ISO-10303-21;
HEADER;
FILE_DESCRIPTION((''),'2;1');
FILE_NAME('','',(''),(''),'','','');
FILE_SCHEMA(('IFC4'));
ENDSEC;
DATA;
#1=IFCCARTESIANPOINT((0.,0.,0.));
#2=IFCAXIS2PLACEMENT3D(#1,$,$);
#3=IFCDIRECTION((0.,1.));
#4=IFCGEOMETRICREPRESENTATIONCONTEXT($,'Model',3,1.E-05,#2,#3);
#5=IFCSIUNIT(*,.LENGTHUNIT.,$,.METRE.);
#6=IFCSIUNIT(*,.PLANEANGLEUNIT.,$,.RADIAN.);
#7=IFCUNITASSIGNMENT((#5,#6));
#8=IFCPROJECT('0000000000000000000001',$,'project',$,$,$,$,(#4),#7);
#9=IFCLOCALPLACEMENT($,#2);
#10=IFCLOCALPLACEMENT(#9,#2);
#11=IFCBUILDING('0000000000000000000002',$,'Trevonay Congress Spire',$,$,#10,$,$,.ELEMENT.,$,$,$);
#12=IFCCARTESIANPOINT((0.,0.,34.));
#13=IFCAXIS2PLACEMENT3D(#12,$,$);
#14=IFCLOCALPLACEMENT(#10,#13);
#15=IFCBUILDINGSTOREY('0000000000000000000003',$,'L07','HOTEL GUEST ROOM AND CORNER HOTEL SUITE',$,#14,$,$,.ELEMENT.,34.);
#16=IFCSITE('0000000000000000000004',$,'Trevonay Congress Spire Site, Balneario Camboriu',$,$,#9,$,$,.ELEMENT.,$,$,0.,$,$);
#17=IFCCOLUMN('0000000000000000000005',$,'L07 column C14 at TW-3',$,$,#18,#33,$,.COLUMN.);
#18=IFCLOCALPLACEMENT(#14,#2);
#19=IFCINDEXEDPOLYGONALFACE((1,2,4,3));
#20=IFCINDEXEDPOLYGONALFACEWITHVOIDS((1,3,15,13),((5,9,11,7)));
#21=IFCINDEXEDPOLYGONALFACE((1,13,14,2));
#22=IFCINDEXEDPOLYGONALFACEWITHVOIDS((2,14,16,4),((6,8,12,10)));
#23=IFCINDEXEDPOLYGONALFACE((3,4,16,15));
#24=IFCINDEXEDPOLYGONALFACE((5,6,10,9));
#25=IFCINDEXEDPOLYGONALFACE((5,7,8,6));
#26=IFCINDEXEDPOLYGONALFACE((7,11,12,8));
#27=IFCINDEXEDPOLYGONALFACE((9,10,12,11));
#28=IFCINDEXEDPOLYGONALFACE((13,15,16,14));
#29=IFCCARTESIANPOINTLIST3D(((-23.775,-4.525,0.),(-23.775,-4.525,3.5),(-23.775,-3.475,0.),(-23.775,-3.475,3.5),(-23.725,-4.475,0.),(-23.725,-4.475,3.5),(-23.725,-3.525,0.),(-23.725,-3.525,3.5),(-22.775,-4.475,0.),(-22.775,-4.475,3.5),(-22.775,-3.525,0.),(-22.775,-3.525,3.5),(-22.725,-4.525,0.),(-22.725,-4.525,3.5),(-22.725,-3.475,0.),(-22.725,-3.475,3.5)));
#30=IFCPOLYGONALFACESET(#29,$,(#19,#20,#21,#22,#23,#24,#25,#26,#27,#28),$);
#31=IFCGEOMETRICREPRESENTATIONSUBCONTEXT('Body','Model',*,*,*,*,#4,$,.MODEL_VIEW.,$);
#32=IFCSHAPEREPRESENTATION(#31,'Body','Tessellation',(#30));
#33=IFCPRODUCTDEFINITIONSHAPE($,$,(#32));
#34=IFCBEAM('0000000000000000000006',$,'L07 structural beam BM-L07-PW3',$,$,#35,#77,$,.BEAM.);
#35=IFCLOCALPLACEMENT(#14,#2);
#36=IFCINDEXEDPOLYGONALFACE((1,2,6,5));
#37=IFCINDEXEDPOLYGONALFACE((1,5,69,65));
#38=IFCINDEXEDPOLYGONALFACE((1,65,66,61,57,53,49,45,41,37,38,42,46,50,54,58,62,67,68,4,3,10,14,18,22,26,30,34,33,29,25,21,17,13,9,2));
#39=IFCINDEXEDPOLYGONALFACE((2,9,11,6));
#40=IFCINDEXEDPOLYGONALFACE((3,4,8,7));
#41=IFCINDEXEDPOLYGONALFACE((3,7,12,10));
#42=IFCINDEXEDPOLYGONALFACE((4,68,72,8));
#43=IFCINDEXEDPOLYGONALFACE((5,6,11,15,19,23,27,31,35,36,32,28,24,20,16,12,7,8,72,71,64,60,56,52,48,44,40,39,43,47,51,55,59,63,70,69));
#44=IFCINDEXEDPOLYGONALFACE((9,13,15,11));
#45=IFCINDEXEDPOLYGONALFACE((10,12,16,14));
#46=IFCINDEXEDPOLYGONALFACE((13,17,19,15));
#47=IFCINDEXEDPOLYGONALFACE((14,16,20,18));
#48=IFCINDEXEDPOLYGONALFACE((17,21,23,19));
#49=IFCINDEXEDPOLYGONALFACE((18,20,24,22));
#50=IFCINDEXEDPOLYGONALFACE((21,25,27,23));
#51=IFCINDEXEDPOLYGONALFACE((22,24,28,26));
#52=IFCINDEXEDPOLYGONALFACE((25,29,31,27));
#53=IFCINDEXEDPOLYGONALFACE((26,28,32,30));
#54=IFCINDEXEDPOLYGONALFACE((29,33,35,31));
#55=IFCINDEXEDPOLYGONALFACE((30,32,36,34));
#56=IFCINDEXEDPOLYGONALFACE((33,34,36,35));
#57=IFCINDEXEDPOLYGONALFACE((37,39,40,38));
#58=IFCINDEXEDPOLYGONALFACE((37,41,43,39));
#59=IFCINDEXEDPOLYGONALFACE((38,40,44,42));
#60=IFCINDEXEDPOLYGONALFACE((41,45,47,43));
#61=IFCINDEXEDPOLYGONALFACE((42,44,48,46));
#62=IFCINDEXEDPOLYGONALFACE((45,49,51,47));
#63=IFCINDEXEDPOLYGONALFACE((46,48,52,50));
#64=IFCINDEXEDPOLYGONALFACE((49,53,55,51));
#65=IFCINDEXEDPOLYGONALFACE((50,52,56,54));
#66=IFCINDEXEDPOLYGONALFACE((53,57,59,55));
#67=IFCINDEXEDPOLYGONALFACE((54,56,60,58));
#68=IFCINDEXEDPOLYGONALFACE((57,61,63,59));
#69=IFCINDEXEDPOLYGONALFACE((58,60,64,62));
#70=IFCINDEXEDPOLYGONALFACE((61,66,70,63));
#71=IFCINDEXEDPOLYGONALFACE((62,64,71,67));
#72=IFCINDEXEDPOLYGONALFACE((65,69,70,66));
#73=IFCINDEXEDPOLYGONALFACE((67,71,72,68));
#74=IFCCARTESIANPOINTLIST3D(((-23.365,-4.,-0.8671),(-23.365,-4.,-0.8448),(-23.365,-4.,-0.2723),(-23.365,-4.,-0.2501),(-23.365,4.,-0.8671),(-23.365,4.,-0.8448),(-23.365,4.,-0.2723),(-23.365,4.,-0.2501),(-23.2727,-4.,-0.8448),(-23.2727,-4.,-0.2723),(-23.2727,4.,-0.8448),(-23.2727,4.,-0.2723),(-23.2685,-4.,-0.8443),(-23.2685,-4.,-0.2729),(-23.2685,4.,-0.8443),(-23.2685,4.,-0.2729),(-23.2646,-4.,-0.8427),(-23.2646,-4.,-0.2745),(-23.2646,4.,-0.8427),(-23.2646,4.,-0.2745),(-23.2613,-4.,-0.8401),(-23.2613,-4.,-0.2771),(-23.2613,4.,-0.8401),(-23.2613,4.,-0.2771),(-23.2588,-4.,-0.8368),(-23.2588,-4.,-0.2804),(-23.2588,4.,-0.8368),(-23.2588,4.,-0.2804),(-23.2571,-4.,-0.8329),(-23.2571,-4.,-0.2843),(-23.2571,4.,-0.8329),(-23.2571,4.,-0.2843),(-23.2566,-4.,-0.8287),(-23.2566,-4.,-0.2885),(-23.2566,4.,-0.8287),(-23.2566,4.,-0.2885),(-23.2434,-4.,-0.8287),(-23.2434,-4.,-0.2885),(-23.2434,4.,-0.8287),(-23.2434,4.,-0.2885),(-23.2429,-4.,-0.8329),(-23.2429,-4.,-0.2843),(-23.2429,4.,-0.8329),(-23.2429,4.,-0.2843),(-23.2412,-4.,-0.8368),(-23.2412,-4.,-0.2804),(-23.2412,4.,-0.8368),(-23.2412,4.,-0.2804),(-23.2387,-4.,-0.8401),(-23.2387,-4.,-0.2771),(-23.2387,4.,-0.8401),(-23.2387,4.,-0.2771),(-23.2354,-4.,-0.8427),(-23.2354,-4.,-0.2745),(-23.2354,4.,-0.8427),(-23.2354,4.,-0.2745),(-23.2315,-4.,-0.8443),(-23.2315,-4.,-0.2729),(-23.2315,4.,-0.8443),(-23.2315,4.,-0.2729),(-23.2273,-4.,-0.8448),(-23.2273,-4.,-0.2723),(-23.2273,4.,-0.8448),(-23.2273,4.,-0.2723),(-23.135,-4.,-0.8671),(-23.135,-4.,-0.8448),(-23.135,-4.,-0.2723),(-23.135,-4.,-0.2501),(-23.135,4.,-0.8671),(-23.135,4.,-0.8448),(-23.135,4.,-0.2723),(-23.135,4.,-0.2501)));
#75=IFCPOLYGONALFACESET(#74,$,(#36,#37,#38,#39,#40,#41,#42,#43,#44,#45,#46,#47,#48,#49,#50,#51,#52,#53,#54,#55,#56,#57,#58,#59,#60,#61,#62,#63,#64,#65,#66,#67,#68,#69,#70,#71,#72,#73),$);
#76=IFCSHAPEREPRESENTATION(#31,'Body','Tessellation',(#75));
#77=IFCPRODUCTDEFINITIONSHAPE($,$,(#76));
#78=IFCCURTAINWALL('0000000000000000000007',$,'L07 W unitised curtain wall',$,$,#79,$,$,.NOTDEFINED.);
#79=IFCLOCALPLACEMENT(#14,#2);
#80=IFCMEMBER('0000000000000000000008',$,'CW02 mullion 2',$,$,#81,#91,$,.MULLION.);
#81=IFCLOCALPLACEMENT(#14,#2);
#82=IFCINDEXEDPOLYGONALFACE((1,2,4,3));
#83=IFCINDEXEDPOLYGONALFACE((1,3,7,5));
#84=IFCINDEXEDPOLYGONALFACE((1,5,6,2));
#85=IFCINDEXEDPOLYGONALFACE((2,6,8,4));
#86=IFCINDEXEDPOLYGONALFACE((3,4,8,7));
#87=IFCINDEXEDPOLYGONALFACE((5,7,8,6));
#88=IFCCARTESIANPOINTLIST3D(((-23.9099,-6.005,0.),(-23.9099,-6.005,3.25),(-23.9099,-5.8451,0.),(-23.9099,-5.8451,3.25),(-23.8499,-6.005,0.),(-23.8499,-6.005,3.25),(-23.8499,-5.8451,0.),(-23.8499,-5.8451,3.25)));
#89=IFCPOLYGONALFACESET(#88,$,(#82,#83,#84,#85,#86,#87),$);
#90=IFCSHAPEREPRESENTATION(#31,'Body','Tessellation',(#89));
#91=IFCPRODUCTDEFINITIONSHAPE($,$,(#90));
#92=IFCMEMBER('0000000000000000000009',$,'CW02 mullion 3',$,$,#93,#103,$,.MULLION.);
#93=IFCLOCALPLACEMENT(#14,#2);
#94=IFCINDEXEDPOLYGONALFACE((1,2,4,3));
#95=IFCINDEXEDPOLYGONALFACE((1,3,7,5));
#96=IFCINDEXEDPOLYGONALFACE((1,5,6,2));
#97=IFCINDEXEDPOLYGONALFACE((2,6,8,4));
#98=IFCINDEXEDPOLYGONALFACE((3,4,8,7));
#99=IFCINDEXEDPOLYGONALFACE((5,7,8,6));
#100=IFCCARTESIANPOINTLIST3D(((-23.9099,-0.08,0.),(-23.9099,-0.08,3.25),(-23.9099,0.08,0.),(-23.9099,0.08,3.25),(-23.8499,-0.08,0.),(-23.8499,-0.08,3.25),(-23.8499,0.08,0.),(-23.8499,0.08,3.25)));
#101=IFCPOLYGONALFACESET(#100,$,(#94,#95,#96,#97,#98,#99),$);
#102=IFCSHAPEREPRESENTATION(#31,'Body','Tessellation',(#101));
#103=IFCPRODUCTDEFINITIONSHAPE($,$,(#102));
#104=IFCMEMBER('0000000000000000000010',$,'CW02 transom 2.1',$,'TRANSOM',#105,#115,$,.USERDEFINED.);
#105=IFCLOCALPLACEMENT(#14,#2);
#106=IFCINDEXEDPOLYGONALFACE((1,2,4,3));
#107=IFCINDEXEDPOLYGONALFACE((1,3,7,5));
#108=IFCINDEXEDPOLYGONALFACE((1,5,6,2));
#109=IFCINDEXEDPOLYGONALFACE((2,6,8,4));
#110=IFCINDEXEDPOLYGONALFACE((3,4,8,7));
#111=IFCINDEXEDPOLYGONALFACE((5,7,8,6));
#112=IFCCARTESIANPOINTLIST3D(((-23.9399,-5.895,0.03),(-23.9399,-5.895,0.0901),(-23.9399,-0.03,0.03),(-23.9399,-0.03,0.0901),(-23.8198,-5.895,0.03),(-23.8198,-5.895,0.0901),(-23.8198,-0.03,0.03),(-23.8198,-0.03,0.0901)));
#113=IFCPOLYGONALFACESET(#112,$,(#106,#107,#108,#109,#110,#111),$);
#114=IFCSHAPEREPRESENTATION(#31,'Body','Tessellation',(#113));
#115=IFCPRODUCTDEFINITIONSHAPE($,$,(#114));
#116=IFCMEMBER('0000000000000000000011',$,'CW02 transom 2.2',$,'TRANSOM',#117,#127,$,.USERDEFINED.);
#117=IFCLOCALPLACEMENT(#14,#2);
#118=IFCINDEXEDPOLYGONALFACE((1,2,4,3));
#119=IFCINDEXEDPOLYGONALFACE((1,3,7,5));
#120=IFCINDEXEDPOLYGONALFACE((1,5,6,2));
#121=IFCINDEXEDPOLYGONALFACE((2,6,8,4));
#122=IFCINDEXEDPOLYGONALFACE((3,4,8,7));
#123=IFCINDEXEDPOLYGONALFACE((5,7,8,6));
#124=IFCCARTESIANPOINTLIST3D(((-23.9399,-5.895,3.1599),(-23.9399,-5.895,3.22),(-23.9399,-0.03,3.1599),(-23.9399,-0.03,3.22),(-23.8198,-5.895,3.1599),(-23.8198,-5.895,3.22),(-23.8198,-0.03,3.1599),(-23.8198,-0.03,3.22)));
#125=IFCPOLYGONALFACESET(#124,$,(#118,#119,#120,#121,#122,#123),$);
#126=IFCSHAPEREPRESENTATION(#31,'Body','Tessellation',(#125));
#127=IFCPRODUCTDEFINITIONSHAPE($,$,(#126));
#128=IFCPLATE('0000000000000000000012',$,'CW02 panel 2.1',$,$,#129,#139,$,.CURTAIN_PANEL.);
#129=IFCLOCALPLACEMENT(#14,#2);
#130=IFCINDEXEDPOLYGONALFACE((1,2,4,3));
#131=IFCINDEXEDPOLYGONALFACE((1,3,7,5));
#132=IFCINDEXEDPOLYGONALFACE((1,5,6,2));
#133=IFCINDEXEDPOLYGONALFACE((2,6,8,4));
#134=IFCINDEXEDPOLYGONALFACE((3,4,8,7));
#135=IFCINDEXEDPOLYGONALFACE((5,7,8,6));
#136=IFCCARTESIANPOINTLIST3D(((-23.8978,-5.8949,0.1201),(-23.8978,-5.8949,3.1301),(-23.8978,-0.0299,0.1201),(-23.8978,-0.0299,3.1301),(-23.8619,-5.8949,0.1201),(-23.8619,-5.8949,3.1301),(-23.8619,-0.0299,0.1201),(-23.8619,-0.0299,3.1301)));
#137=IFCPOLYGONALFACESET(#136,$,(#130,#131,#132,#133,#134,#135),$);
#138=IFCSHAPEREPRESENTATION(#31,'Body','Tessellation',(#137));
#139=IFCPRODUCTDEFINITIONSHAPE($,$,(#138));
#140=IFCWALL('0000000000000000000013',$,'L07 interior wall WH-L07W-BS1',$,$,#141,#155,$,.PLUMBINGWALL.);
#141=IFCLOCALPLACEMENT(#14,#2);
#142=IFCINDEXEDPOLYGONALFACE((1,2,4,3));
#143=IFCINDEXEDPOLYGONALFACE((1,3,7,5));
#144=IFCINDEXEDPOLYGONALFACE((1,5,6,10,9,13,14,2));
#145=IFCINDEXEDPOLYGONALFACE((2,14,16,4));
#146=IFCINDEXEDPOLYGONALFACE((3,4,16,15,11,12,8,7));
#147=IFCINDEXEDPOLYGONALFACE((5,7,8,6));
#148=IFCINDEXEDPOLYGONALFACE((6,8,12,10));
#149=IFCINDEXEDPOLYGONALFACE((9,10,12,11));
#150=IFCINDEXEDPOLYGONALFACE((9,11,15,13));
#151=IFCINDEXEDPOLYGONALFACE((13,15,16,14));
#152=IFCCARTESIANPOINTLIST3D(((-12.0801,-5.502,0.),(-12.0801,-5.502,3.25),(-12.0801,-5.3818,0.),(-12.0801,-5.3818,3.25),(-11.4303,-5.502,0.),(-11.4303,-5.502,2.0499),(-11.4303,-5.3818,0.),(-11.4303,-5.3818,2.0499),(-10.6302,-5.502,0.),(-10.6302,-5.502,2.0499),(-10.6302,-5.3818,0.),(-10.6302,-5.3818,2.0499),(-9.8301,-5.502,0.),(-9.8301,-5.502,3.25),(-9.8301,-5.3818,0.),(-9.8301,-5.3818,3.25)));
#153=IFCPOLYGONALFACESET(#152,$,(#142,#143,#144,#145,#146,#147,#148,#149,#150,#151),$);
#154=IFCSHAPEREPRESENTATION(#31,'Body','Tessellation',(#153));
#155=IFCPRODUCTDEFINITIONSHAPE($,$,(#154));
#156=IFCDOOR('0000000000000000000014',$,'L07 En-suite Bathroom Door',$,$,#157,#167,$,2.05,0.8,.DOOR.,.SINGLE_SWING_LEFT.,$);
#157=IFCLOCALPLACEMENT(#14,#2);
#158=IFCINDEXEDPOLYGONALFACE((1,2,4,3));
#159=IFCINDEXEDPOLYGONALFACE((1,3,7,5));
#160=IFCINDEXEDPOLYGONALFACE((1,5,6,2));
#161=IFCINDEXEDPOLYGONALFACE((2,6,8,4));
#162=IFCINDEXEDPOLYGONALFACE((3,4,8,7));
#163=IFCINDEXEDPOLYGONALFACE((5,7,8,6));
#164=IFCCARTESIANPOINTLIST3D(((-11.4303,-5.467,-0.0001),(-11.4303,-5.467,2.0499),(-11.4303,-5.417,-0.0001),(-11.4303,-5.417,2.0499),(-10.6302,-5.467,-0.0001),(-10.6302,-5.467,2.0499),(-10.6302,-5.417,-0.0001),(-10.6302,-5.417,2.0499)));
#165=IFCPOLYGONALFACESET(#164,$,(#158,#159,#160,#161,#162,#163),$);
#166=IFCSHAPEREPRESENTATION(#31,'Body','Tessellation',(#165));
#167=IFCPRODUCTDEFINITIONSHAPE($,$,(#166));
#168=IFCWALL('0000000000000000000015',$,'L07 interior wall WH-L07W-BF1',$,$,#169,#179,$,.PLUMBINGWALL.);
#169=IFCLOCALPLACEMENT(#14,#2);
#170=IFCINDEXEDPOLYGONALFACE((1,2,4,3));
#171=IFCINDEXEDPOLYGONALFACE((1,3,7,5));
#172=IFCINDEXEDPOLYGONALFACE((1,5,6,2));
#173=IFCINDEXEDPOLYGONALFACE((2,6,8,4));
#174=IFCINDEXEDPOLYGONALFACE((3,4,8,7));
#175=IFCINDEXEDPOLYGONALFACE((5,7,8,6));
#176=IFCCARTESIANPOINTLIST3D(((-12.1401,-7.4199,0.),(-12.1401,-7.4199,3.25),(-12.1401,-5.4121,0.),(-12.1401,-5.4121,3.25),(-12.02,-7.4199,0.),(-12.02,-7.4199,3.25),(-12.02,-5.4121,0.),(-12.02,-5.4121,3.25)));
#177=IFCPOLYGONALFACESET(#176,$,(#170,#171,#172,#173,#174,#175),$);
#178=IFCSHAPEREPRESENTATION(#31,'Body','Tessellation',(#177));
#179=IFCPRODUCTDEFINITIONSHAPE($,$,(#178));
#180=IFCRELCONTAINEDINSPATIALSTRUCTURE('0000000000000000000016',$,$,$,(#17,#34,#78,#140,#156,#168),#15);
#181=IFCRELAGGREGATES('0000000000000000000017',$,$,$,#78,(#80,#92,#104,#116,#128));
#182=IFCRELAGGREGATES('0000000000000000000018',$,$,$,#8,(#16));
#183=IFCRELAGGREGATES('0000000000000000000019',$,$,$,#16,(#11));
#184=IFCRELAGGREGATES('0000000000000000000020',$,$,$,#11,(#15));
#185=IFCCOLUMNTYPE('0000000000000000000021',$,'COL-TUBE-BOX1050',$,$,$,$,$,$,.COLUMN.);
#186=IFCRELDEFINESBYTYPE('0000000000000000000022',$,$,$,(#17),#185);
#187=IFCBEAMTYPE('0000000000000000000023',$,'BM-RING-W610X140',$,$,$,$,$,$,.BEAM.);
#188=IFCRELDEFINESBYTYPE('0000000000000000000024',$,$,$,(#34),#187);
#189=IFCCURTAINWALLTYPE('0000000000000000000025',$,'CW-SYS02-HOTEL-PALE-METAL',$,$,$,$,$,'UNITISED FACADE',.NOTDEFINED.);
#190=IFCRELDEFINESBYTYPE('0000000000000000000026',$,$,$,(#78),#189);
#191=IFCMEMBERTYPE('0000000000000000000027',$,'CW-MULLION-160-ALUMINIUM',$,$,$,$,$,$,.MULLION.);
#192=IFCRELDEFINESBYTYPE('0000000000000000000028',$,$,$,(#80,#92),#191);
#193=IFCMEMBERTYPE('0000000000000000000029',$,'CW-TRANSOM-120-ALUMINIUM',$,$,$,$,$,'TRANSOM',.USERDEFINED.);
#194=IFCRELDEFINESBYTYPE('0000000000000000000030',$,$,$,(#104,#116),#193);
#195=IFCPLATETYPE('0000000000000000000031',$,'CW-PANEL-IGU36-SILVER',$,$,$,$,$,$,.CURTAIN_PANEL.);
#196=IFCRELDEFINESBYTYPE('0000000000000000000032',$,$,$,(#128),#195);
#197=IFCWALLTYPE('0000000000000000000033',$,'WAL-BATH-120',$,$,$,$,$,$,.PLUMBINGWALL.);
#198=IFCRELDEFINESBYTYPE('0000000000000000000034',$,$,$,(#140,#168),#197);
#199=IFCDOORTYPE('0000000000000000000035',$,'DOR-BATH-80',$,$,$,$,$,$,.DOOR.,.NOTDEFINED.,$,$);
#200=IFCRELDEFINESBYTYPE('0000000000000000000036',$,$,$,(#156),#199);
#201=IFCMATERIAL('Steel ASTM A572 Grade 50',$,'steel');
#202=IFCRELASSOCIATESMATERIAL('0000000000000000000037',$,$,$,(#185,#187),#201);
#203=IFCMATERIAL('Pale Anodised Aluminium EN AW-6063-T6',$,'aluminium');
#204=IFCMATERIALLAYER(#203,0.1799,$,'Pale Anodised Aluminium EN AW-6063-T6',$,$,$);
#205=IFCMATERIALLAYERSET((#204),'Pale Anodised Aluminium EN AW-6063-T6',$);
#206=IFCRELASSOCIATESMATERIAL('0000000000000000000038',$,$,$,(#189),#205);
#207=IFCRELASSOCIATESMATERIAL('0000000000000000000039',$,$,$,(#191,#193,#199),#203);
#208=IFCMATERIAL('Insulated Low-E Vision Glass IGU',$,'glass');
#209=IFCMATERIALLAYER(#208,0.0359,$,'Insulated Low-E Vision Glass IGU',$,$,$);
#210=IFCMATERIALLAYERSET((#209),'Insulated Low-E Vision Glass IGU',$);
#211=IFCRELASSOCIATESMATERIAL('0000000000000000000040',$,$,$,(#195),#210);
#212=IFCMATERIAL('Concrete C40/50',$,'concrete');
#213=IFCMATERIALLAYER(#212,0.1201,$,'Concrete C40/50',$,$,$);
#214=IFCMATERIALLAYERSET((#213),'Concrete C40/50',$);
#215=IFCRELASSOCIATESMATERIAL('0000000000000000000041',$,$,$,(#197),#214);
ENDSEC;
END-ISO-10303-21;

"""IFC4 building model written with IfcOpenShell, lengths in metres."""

from ifc_helpers import new_model, si_unit, direction, frame, frame_2d, origin, origin_2d, place, context, subcontext, project, spatial, rectangle, hollow_rectangle, i_section, extrude, material, layer, layer_set, material_profile, profile_set, type_object, element, fill, aggregate, save


model = new_model("IFC4")

# Units and contexts
model_context = context("Model", 3, precision=1e-05, world=origin(), true_north=direction((0.0, 1.0)))
body_context = subcontext(model_context, "Body", "Model", "MODEL_VIEW")
ifc_project = project(units=[si_unit("LENGTHUNIT", "METRE"), si_unit("PLANEANGLEUNIT", "RADIAN")], contexts=[model_context])

# Site, building, storey
site_placement = place(None, origin())
site = spatial("IfcSite", under=ifc_project, at=site_placement, Name="Trevonay Congress Spire Site, Balneario Camboriu", CompositionType="ELEMENT", RefElevation=0.0)
building_placement = place(site_placement, origin())
building = spatial("IfcBuilding", under=site, at=building_placement, Name="Trevonay Congress Spire", CompositionType="ELEMENT")
storey_placement = place(building_placement, frame((0.0, 0.0, 34.0)))
storey = spatial("IfcBuildingStorey", under=building, at=storey_placement, Name="L07", Description="HOTEL GUEST ROOM AND CORNER HOTEL SUITE", CompositionType="ELEMENT", Elevation=34.0)

# Column
ifc_material_1 = material(Name="Steel ASTM A572 Grade 50", Category="steel")
ifc_material_profile_1 = material_profile(ifc_material_1, hollow_rectangle(XDim=1.05, YDim=1.05, WallThickness=0.05, at=origin_2d()), Name="BOX 1050x1050x50")
ifc_profile_set_1 = profile_set([ifc_material_profile_1], Name="Steel ASTM A572 Grade 50")
column_type = type_object("IfcColumnType", Name="COL-TUBE-BOX1050", PredefinedType="COLUMN", material=ifc_profile_set_1)
column_placement = place(storey_placement, frame((-23.25, -4.0, 0.0), z_axis=(0.0, 0.0, 1.0), x_axis=(1.0, 0.0, 0.0)))
element("IfcColumn", 1, at=column_placement, inside=storey, type_object=column_type, Name="L07 column C14 at TW-3", PredefinedType="COLUMN", context=body_context, shape_type="SweptSolid", body=[
    extrude(hollow_rectangle(XDim=1.05, YDim=1.05, WallThickness=0.05, at=origin_2d()), origin(), (0.0, 0.0, 1.0), 3.5),
])

# Beam
ifc_material_profile_2 = material_profile(ifc_material_1, i_section(OverallWidth=0.23, OverallDepth=0.6169, WebThickness=0.0132, FlangeThickness=0.0222, FilletRadius=0.0161, at=origin_2d()), Name="W610x140")
ifc_profile_set_2 = profile_set([ifc_material_profile_2], Name="Steel ASTM A572 Grade 50")
beam_type = type_object("IfcBeamType", Name="BM-RING-W610X140", PredefinedType="BEAM", material=ifc_profile_set_2)
beam_placement = place(storey_placement, frame((-23.25, -4.0, -0.5586), z_axis=(0.0, 1.0, 0.0), x_axis=(-1.0, 0.0, 0.0)))
element("IfcBeam", 2, at=beam_placement, inside=storey, type_object=beam_type, Name="L07 structural beam BM-L07-PW3", PredefinedType="BEAM", context=body_context, shape_type="SweptSolid", body=[
    extrude(i_section(OverallWidth=0.23, OverallDepth=0.6169, WebThickness=0.0132, FlangeThickness=0.0222, FilletRadius=0.0161, at=origin_2d()), origin(), (0.0, 0.0, 1.0), 8.0),
])

# Curtain wall, members, plate
ifc_material_2 = material(Name="Pale Anodised Aluminium EN AW-6063-T6", Category="aluminium")
ifc_layer_1 = layer(ifc_material_2, 0.1799, Name="Pale Anodised Aluminium EN AW-6063-T6")
ifc_layer_set_1 = layer_set([ifc_layer_1], Name="Pale Anodised Aluminium EN AW-6063-T6")
curtain_wall_type = type_object("IfcCurtainWallType", Name="CW-SYS02-HOTEL-PALE-METAL", ElementType="UNITISED FACADE", PredefinedType="NOTDEFINED", material=ifc_layer_set_1)
curtain_wall_placement = place(storey_placement, origin())
curtain_wall = element("IfcCurtainWall", 3, at=curtain_wall_placement, inside=storey, type_object=curtain_wall_type, Name="L07 W unitised curtain wall", PredefinedType="NOTDEFINED")
ifc_material_profile_3 = material_profile(ifc_material_2, rectangle(XDim=0.0601, YDim=0.1599, at=origin_2d()), Name="CW-MULLION-160-ALUMINIUM")
ifc_profile_set_3 = profile_set([ifc_material_profile_3], Name="Pale Anodised Aluminium EN AW-6063-T6")
member_type_1 = type_object("IfcMemberType", Name="CW-MULLION-160-ALUMINIUM", PredefinedType="MULLION", material=ifc_profile_set_3)
member_1_placement = place(storey_placement, frame((-23.8799, -5.925, 0.0), z_axis=(0.0, 0.0, 1.0), x_axis=(-1.0, 0.0, 0.0)))
member_1 = element("IfcMember", 4, at=member_1_placement, type_object=member_type_1, Name="CW02 mullion 2", PredefinedType="MULLION", context=body_context, shape_type="SweptSolid", body=[
    extrude(rectangle(XDim=0.0601, YDim=0.1599, at=origin_2d()), origin(), (0.0, 0.0, 1.0), 3.25),
])
member_2_placement = place(storey_placement, frame((-23.8799, 0.0, 0.0), z_axis=(0.0, 0.0, 1.0), x_axis=(-1.0, 0.0, 0.0)))
member_2 = element("IfcMember", 5, at=member_2_placement, type_object=member_type_1, Name="CW02 mullion 3", PredefinedType="MULLION", context=body_context, shape_type="SweptSolid", body=[
    extrude(rectangle(XDim=0.0601, YDim=0.1599, at=origin_2d()), origin(), (0.0, 0.0, 1.0), 3.25),
])
ifc_material_profile_4 = material_profile(ifc_material_2, rectangle(XDim=0.1201, YDim=0.0601, at=origin_2d()), Name="CW-TRANSOM-120-ALUMINIUM")
ifc_profile_set_4 = profile_set([ifc_material_profile_4], Name="Pale Anodised Aluminium EN AW-6063-T6")
member_type_2 = type_object("IfcMemberType", Name="CW-TRANSOM-120-ALUMINIUM", ElementType="TRANSOM", PredefinedType="USERDEFINED", material=ifc_profile_set_4)
member_3_placement = place(storey_placement, frame((-23.8799, -5.895, 0.0601), z_axis=(0.0, 1.0, 0.0), x_axis=(-1.0, 0.0, 0.0)))
member_3 = element("IfcMember", 6, at=member_3_placement, type_object=member_type_2, Name="CW02 transom 2.1", ObjectType="TRANSOM", PredefinedType="USERDEFINED", context=body_context, shape_type="SweptSolid", body=[
    extrude(rectangle(XDim=0.1201, YDim=0.0601, at=origin_2d()), origin(), (0.0, 0.0, 1.0), 5.865),
])
member_4_placement = place(storey_placement, frame((-23.8799, -5.895, 3.1899), z_axis=(0.0, 1.0, 0.0), x_axis=(-1.0, 0.0, 0.0)))
member_4 = element("IfcMember", 7, at=member_4_placement, type_object=member_type_2, Name="CW02 transom 2.2", ObjectType="TRANSOM", PredefinedType="USERDEFINED", context=body_context, shape_type="SweptSolid", body=[
    extrude(rectangle(XDim=0.1201, YDim=0.0601, at=origin_2d()), origin(), (0.0, 0.0, 1.0), 5.865),
])
ifc_material_3 = material(Name="Insulated Low-E Vision Glass IGU", Category="glass")
ifc_layer_2 = layer(ifc_material_3, 0.0359, Name="Insulated Low-E Vision Glass IGU")
ifc_layer_set_2 = layer_set([ifc_layer_2], Name="Insulated Low-E Vision Glass IGU")
plate_type = type_object("IfcPlateType", Name="CW-PANEL-IGU36-SILVER", PredefinedType="CURTAIN_PANEL", material=ifc_layer_set_2)
plate_placement = place(storey_placement, frame((-23.8799, -2.9624, 0.1201), z_axis=(0.0, 0.0, 1.0), x_axis=(0.0, 1.0, 0.0)))
plate = element("IfcPlate", 8, at=plate_placement, type_object=plate_type, Name="CW02 panel 2.1", PredefinedType="CURTAIN_PANEL", context=body_context, shape_type="SweptSolid", body=[
    extrude(rectangle(XDim=5.865, YDim=0.0359, at=origin_2d()), origin(), (0.0, 0.0, 1.0), 3.01),
])
aggregate(curtain_wall, [member_1, member_2, member_3, member_4, plate])

# Wall, opening, door
ifc_material_4 = material(Name="Concrete C40/50", Category="concrete")
ifc_layer_3 = layer(ifc_material_4, 0.1201, Name="Concrete C40/50")
ifc_layer_set_3 = layer_set([ifc_layer_3], Name="Concrete C40/50")
wall_type_1 = type_object("IfcWallType", Name="WAL-BATH-120", PredefinedType="PLUMBINGWALL", material=ifc_layer_set_3)
wall_1_placement = place(storey_placement, frame((-12.0801, -5.4419, 0.0), z_axis=(0.0, 0.0, 1.0), x_axis=(1.0, 0.0, 0.0)))
wall_1 = element("IfcWall", 9, at=wall_1_placement, inside=storey, type_object=wall_type_1, Name="L07 interior wall WH-L07W-BS1", PredefinedType="PLUMBINGWALL", context=body_context, shape_type="SweptSolid", body=[
    extrude(rectangle(XDim=2.25, YDim=0.1201, at=frame_2d((1.125, 0.0))), origin(), (0.0, 0.0, 1.0), 3.25),
])
opening_1_placement = place(wall_1_placement, frame((0.6499, 0.0, 0.0)))
opening_1 = element("IfcOpeningElement", 10, at=opening_1_placement, cuts=wall_1, PredefinedType="OPENING", context=body_context, shape_type="SweptSolid", body=[
    extrude(rectangle(XDim=0.8, YDim=2.05, at=frame_2d((0.3999, 1.0249))), frame((0.0, 0.0701, 0.0), z_axis=(0.0, -1.0, 0.0), x_axis=(1.0, 0.0, 0.0)), (0.0, 0.0, 1.0), 0.1401),
])
door_type = type_object("IfcDoorType", Name="DOR-BATH-80", OperationType="NOTDEFINED", PredefinedType="DOOR", material=ifc_material_2)
door_1_placement = place(opening_1_placement, origin())
door_1 = element("IfcDoor", 11, at=door_1_placement, inside=storey, type_object=door_type, Name="L07 En-suite Bathroom Door", OperationType="SINGLE_SWING_LEFT", OverallHeight=2.05, OverallWidth=0.8, PredefinedType="DOOR", context=body_context, shape_type="SweptSolid", body=[
    extrude(rectangle(XDim=0.8, YDim=2.05, at=frame_2d((0.3999, 1.0249))), frame((0.0, 0.0249, 0.0), z_axis=(0.0, -1.0, 0.0), x_axis=(1.0, 0.0, 0.0)), (0.0, 0.0, 1.0), 0.05),
])
fill(opening_1, door_1)

# Wall
wall_2_placement = place(storey_placement, frame((-12.0801, -7.4199, 0.0), z_axis=(0.0, 0.0, 1.0), x_axis=(0.0, 1.0, 0.0)))
element("IfcWall", 12, at=wall_2_placement, inside=storey, type_object=wall_type_1, Name="L07 interior wall WH-L07W-BF1", PredefinedType="PLUMBINGWALL", context=body_context, shape_type="SweptSolid", body=[
    extrude(rectangle(XDim=2.0078, YDim=0.1201, at=frame_2d((1.0039, 0.0))), origin(), (0.0, 0.0, 1.0), 3.25),
])

save(model, "model.ifc")
